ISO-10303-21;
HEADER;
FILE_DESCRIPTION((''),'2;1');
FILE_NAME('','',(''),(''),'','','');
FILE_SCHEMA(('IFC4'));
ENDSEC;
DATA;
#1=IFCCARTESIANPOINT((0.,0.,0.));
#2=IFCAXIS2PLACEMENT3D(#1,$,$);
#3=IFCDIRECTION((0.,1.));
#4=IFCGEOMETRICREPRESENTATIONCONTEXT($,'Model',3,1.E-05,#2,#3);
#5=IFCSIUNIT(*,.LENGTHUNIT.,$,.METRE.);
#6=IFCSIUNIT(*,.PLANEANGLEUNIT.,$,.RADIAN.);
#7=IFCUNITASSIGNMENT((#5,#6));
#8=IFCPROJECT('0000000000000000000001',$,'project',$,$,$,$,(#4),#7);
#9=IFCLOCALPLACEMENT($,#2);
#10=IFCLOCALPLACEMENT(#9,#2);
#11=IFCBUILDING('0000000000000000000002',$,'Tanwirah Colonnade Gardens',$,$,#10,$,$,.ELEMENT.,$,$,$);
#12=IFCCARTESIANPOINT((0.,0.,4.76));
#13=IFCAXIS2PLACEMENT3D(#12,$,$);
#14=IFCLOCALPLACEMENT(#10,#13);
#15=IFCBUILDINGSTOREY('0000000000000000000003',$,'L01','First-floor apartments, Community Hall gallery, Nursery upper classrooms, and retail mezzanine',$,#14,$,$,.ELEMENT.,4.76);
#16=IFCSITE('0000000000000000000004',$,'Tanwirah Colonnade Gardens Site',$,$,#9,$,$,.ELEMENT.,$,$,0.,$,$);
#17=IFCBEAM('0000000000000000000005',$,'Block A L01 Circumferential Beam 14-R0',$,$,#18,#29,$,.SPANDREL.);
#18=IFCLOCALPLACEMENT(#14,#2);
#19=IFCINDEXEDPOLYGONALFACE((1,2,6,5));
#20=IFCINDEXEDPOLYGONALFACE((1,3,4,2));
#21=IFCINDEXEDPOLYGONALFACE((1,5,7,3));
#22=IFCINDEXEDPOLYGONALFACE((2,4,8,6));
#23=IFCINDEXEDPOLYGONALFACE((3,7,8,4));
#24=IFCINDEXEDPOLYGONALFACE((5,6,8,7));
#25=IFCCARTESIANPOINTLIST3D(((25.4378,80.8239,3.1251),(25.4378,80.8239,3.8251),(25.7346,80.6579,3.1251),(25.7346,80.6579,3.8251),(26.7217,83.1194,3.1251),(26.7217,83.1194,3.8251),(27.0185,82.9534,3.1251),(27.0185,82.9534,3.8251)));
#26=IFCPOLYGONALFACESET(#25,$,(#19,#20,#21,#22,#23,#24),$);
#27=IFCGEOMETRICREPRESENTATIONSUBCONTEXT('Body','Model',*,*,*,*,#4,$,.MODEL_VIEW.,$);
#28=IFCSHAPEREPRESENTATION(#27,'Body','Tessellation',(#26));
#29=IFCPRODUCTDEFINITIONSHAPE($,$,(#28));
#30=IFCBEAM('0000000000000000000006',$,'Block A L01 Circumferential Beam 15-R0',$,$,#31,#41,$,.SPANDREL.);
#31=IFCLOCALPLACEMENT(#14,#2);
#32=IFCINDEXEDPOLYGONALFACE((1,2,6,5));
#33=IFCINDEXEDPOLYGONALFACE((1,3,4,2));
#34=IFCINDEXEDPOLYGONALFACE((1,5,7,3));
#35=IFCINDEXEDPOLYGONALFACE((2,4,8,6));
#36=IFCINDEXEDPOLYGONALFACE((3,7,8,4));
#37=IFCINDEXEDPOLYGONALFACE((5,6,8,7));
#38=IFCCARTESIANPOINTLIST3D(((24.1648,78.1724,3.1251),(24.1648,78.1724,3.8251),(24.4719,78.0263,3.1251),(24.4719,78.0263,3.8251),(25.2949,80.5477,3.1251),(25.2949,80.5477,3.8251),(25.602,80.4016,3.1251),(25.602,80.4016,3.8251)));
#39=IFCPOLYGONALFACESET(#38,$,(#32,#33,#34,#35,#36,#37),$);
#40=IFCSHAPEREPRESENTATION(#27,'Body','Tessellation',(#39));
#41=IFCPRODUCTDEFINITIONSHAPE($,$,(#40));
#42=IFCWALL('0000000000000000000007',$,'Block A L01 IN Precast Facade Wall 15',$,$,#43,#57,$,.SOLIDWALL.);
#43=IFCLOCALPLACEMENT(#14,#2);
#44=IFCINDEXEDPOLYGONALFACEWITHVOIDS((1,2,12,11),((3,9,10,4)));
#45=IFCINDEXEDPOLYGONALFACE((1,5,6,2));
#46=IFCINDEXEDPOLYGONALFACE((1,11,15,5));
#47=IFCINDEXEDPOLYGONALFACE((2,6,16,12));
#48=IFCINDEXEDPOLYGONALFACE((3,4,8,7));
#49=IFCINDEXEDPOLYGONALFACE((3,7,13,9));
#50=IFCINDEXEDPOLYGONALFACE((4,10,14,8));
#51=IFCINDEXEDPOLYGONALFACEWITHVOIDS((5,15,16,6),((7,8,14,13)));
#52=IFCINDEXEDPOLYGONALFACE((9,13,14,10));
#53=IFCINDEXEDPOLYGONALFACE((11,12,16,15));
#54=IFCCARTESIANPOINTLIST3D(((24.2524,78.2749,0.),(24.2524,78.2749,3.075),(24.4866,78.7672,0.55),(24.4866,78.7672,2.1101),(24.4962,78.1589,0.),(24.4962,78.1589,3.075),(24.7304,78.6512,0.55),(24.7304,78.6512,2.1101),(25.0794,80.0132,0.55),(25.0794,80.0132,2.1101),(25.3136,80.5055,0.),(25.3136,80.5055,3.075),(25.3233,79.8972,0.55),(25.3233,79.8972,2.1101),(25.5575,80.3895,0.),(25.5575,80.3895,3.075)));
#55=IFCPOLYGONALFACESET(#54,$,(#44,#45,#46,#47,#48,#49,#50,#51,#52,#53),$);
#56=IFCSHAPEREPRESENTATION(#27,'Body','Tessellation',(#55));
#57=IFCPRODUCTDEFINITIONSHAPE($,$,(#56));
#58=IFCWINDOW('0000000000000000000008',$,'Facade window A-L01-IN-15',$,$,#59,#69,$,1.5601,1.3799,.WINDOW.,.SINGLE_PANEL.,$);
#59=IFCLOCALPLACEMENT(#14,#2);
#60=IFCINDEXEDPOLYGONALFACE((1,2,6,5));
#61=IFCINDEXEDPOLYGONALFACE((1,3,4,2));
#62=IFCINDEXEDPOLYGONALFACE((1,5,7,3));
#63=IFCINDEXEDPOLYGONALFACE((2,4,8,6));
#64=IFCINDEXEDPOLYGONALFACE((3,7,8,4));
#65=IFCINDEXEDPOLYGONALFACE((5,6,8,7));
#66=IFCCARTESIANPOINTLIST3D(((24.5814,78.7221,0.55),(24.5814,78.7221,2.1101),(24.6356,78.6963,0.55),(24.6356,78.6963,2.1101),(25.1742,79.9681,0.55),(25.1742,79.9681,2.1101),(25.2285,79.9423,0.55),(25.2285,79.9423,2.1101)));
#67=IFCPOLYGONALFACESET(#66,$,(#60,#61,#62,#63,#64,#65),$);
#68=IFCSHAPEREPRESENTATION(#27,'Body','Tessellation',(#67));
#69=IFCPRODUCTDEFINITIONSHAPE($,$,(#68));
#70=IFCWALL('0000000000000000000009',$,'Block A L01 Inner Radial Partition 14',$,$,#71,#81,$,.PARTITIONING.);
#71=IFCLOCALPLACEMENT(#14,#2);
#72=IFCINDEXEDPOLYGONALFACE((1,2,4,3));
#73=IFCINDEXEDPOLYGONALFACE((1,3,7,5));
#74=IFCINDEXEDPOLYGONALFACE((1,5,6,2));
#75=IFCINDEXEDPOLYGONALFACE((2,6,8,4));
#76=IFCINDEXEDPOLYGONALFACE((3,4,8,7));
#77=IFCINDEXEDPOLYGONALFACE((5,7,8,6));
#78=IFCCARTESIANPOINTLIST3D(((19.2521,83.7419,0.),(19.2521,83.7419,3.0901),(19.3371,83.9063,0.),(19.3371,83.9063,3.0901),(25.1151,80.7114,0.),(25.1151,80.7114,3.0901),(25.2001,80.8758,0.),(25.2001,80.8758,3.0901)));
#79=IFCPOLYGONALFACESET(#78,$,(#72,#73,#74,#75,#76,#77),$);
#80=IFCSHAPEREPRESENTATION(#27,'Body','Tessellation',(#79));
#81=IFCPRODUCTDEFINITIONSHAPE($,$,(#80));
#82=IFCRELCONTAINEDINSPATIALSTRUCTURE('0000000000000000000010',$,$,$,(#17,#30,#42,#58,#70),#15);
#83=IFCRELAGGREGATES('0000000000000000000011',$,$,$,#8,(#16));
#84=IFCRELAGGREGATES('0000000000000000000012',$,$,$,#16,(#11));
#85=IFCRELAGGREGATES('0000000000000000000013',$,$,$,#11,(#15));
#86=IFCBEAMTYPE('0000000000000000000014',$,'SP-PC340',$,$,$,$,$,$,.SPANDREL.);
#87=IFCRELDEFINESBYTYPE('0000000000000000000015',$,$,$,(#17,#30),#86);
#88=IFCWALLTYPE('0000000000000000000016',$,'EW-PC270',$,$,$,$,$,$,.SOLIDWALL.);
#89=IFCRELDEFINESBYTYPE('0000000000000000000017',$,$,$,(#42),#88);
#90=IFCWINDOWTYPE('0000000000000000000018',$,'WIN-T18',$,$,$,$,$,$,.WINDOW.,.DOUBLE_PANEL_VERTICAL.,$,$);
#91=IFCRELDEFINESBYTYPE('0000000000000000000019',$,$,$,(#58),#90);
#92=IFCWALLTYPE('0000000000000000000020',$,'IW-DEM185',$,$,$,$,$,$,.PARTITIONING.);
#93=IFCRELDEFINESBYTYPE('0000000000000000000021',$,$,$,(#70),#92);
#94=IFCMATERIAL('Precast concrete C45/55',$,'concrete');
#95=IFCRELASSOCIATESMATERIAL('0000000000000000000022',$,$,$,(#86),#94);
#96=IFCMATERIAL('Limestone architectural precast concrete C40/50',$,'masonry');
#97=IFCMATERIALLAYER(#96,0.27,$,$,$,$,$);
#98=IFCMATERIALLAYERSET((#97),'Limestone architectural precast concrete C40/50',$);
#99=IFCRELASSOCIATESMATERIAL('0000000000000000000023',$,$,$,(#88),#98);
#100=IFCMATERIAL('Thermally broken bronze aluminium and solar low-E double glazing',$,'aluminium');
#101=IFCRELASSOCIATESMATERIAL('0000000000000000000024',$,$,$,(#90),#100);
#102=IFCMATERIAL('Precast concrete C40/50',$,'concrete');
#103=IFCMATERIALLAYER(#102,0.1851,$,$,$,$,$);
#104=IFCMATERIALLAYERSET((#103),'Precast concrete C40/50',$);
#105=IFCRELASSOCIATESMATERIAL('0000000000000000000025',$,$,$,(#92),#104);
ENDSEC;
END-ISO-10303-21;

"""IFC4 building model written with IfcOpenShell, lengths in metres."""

from ifc_helpers import new_model, si_unit, direction, frame, frame_2d, origin, origin_2d, place, context, subcontext, project, spatial, rectangle, extrude, material, layer, layer_set, material_profile, profile_set, type_object, element, fill, save


model = new_model("IFC4")

# Units and contexts
model_context = context("Model", 3, precision=1e-05, world=origin(), true_north=direction((0.0, 1.0)))
body_context = subcontext(model_context, "Body", "Model", "MODEL_VIEW")
ifc_project = project(units=[si_unit("LENGTHUNIT", "METRE"), si_unit("PLANEANGLEUNIT", "RADIAN")], contexts=[model_context])

# Site, building, storey
site_placement = place(None, origin())
site = spatial("IfcSite", under=ifc_project, at=site_placement, Name="Tanwirah Colonnade Gardens Site", CompositionType="ELEMENT", RefElevation=0.0)
building_placement = place(site_placement, origin())
building = spatial("IfcBuilding", under=site, at=building_placement, Name="Tanwirah Colonnade Gardens", CompositionType="ELEMENT")
storey_placement = place(building_placement, frame((0.0, 0.0, 4.76)))
storey = spatial("IfcBuildingStorey", under=building, at=storey_placement, Name="L01", Description="First-floor apartments, Community Hall gallery, Nursery upper classrooms, and retail mezzanine", CompositionType="ELEMENT", Elevation=4.76)

# Shared definitions
ifc_material_1 = material(Name="Precast concrete C45/55", Category="concrete")

# Beams
ifc_material_2 = material(Name="Precast concrete C40/50", Category="concrete")
ifc_material_profile_1 = material_profile(ifc_material_1, rectangle(XDim=0.3401, YDim=0.7, at=origin_2d()), Name="PC-SP 340x700")
ifc_profile_set_1 = profile_set([ifc_material_profile_1], Name="Precast concrete C45/55")
beam_type_1 = type_object("IfcBeamType", Name="SP-PC340", PredefinedType="SPANDREL", material=ifc_profile_set_1)
beam_1_placement = place(storey_placement, frame((26.8701, 83.0364, 3.4751), z_axis=(-0.488171, -0.872748, 0.0), x_axis=(0.872748, -0.488171, 0.0)))
element("IfcBeam", 1, at=beam_1_placement, inside=storey, type_object=beam_type_1, Name="Block A L01 Circumferential Beam 14-R0", PredefinedType="SPANDREL", context=body_context, shape_type="SweptSolid", body=[
    extrude(rectangle(XDim=0.3401, YDim=0.7, at=origin_2d()), origin(), (0.0, 0.0, 1.0), 2.6301),
])
beam_2_placement = place(storey_placement, frame((25.4485, 80.4746, 3.4751), z_axis=(-0.429642, -0.902999, 0.0), x_axis=(0.902999, -0.429642, 0.0)))
element("IfcBeam", 2, at=beam_2_placement, inside=storey, type_object=beam_type_1, Name="Block A L01 Circumferential Beam 15-R0", PredefinedType="SPANDREL", context=body_context, shape_type="SweptSolid", body=[
    extrude(rectangle(XDim=0.3401, YDim=0.7, at=origin_2d()), origin(), (0.0, 0.0, 1.0), 2.6304),
])

# Wall, opening, window
ifc_material_3 = material(Name="Limestone architectural precast concrete C40/50", Category="masonry")
ifc_layer_1 = layer(ifc_material_3, 0.27)
ifc_layer_set_1 = layer_set([ifc_layer_1], Name="Limestone architectural precast concrete C40/50")
wall_type_1 = type_object("IfcWallType", Name="EW-PC270", PredefinedType="SOLIDWALL", material=ifc_layer_set_1)
wall_1_placement = place(storey_placement, frame((25.4355, 80.4475, 0.0), z_axis=(0.0, 0.0, 1.0), x_axis=(-0.429615, -0.903012, 0.0)))
wall_1 = element("IfcWall", 3, at=wall_1_placement, inside=storey, type_object=wall_type_1, Name="Block A L01 IN Precast Facade Wall 15", PredefinedType="SOLIDWALL", context=body_context, shape_type="SweptSolid", body=[
    extrude(rectangle(XDim=2.4702, YDim=0.27, at=frame_2d((1.2351, 0.0))), origin(), (0.0, 0.0, 1.0), 3.075),
])
opening_1_placement = place(wall_1_placement, frame((0.5452, 0.0, 0.55)))
opening_1 = element("IfcOpeningElement", 4, at=opening_1_placement, cuts=wall_1, PredefinedType="OPENING", context=body_context, shape_type="SweptSolid", body=[
    extrude(rectangle(XDim=1.3799, YDim=1.5601, at=frame_2d((0.6899, 0.78))), frame((0.0, 0.145, 0.0), z_axis=(0.0, -1.0, 0.0), x_axis=(1.0, 0.0, 0.0)), (0.0, 0.0, 1.0), 0.29),
])
ifc_material_4 = material(Name="Thermally broken bronze aluminium and solar low-E double glazing", Category="aluminium")
window_type = type_object("IfcWindowType", Name="WIN-T18", PartitioningType="DOUBLE_PANEL_VERTICAL", PredefinedType="WINDOW", material=ifc_material_4)
window_placement = place(opening_1_placement, origin())
window = element("IfcWindow", 5, at=window_placement, inside=storey, type_object=window_type, Name="Facade window A-L01-IN-15", OverallHeight=1.5601, OverallWidth=1.3799, PartitioningType="SINGLE_PANEL", PredefinedType="WINDOW", context=body_context, shape_type="SweptSolid", body=[
    extrude(rectangle(XDim=1.3799, YDim=1.5601, at=frame_2d((0.6899, 0.78))), frame((0.0, 0.03, 0.0), z_axis=(0.0, -1.0, 0.0), x_axis=(1.0, 0.0, 0.0)), (0.0, 0.0, 1.0), 0.0601),
])
fill(opening_1, window)

# Wall
ifc_layer_2 = layer(ifc_material_2, 0.1851)
ifc_layer_set_2 = layer_set([ifc_layer_2], Name="Precast concrete C40/50")
wall_type_2 = type_object("IfcWallType", Name="IW-DEM185", PredefinedType="PARTITIONING", material=ifc_layer_set_2)
wall_2_placement = place(storey_placement, frame((25.1575, 80.7937, 0.0), z_axis=(0.0, 0.0, 1.0), x_axis=(-0.888347, 0.459173, 0.0)))
element("IfcWall", 6, at=wall_2_placement, inside=storey, type_object=wall_type_2, Name="Block A L01 Inner Radial Partition 14", PredefinedType="PARTITIONING", context=body_context, shape_type="SweptSolid", body=[
    extrude(rectangle(XDim=6.5999, YDim=0.1851, at=frame_2d((3.2998, 0.0))), origin(), (0.0, 0.0, 1.0), 3.0901),
])

save(model, "model.ifc")
